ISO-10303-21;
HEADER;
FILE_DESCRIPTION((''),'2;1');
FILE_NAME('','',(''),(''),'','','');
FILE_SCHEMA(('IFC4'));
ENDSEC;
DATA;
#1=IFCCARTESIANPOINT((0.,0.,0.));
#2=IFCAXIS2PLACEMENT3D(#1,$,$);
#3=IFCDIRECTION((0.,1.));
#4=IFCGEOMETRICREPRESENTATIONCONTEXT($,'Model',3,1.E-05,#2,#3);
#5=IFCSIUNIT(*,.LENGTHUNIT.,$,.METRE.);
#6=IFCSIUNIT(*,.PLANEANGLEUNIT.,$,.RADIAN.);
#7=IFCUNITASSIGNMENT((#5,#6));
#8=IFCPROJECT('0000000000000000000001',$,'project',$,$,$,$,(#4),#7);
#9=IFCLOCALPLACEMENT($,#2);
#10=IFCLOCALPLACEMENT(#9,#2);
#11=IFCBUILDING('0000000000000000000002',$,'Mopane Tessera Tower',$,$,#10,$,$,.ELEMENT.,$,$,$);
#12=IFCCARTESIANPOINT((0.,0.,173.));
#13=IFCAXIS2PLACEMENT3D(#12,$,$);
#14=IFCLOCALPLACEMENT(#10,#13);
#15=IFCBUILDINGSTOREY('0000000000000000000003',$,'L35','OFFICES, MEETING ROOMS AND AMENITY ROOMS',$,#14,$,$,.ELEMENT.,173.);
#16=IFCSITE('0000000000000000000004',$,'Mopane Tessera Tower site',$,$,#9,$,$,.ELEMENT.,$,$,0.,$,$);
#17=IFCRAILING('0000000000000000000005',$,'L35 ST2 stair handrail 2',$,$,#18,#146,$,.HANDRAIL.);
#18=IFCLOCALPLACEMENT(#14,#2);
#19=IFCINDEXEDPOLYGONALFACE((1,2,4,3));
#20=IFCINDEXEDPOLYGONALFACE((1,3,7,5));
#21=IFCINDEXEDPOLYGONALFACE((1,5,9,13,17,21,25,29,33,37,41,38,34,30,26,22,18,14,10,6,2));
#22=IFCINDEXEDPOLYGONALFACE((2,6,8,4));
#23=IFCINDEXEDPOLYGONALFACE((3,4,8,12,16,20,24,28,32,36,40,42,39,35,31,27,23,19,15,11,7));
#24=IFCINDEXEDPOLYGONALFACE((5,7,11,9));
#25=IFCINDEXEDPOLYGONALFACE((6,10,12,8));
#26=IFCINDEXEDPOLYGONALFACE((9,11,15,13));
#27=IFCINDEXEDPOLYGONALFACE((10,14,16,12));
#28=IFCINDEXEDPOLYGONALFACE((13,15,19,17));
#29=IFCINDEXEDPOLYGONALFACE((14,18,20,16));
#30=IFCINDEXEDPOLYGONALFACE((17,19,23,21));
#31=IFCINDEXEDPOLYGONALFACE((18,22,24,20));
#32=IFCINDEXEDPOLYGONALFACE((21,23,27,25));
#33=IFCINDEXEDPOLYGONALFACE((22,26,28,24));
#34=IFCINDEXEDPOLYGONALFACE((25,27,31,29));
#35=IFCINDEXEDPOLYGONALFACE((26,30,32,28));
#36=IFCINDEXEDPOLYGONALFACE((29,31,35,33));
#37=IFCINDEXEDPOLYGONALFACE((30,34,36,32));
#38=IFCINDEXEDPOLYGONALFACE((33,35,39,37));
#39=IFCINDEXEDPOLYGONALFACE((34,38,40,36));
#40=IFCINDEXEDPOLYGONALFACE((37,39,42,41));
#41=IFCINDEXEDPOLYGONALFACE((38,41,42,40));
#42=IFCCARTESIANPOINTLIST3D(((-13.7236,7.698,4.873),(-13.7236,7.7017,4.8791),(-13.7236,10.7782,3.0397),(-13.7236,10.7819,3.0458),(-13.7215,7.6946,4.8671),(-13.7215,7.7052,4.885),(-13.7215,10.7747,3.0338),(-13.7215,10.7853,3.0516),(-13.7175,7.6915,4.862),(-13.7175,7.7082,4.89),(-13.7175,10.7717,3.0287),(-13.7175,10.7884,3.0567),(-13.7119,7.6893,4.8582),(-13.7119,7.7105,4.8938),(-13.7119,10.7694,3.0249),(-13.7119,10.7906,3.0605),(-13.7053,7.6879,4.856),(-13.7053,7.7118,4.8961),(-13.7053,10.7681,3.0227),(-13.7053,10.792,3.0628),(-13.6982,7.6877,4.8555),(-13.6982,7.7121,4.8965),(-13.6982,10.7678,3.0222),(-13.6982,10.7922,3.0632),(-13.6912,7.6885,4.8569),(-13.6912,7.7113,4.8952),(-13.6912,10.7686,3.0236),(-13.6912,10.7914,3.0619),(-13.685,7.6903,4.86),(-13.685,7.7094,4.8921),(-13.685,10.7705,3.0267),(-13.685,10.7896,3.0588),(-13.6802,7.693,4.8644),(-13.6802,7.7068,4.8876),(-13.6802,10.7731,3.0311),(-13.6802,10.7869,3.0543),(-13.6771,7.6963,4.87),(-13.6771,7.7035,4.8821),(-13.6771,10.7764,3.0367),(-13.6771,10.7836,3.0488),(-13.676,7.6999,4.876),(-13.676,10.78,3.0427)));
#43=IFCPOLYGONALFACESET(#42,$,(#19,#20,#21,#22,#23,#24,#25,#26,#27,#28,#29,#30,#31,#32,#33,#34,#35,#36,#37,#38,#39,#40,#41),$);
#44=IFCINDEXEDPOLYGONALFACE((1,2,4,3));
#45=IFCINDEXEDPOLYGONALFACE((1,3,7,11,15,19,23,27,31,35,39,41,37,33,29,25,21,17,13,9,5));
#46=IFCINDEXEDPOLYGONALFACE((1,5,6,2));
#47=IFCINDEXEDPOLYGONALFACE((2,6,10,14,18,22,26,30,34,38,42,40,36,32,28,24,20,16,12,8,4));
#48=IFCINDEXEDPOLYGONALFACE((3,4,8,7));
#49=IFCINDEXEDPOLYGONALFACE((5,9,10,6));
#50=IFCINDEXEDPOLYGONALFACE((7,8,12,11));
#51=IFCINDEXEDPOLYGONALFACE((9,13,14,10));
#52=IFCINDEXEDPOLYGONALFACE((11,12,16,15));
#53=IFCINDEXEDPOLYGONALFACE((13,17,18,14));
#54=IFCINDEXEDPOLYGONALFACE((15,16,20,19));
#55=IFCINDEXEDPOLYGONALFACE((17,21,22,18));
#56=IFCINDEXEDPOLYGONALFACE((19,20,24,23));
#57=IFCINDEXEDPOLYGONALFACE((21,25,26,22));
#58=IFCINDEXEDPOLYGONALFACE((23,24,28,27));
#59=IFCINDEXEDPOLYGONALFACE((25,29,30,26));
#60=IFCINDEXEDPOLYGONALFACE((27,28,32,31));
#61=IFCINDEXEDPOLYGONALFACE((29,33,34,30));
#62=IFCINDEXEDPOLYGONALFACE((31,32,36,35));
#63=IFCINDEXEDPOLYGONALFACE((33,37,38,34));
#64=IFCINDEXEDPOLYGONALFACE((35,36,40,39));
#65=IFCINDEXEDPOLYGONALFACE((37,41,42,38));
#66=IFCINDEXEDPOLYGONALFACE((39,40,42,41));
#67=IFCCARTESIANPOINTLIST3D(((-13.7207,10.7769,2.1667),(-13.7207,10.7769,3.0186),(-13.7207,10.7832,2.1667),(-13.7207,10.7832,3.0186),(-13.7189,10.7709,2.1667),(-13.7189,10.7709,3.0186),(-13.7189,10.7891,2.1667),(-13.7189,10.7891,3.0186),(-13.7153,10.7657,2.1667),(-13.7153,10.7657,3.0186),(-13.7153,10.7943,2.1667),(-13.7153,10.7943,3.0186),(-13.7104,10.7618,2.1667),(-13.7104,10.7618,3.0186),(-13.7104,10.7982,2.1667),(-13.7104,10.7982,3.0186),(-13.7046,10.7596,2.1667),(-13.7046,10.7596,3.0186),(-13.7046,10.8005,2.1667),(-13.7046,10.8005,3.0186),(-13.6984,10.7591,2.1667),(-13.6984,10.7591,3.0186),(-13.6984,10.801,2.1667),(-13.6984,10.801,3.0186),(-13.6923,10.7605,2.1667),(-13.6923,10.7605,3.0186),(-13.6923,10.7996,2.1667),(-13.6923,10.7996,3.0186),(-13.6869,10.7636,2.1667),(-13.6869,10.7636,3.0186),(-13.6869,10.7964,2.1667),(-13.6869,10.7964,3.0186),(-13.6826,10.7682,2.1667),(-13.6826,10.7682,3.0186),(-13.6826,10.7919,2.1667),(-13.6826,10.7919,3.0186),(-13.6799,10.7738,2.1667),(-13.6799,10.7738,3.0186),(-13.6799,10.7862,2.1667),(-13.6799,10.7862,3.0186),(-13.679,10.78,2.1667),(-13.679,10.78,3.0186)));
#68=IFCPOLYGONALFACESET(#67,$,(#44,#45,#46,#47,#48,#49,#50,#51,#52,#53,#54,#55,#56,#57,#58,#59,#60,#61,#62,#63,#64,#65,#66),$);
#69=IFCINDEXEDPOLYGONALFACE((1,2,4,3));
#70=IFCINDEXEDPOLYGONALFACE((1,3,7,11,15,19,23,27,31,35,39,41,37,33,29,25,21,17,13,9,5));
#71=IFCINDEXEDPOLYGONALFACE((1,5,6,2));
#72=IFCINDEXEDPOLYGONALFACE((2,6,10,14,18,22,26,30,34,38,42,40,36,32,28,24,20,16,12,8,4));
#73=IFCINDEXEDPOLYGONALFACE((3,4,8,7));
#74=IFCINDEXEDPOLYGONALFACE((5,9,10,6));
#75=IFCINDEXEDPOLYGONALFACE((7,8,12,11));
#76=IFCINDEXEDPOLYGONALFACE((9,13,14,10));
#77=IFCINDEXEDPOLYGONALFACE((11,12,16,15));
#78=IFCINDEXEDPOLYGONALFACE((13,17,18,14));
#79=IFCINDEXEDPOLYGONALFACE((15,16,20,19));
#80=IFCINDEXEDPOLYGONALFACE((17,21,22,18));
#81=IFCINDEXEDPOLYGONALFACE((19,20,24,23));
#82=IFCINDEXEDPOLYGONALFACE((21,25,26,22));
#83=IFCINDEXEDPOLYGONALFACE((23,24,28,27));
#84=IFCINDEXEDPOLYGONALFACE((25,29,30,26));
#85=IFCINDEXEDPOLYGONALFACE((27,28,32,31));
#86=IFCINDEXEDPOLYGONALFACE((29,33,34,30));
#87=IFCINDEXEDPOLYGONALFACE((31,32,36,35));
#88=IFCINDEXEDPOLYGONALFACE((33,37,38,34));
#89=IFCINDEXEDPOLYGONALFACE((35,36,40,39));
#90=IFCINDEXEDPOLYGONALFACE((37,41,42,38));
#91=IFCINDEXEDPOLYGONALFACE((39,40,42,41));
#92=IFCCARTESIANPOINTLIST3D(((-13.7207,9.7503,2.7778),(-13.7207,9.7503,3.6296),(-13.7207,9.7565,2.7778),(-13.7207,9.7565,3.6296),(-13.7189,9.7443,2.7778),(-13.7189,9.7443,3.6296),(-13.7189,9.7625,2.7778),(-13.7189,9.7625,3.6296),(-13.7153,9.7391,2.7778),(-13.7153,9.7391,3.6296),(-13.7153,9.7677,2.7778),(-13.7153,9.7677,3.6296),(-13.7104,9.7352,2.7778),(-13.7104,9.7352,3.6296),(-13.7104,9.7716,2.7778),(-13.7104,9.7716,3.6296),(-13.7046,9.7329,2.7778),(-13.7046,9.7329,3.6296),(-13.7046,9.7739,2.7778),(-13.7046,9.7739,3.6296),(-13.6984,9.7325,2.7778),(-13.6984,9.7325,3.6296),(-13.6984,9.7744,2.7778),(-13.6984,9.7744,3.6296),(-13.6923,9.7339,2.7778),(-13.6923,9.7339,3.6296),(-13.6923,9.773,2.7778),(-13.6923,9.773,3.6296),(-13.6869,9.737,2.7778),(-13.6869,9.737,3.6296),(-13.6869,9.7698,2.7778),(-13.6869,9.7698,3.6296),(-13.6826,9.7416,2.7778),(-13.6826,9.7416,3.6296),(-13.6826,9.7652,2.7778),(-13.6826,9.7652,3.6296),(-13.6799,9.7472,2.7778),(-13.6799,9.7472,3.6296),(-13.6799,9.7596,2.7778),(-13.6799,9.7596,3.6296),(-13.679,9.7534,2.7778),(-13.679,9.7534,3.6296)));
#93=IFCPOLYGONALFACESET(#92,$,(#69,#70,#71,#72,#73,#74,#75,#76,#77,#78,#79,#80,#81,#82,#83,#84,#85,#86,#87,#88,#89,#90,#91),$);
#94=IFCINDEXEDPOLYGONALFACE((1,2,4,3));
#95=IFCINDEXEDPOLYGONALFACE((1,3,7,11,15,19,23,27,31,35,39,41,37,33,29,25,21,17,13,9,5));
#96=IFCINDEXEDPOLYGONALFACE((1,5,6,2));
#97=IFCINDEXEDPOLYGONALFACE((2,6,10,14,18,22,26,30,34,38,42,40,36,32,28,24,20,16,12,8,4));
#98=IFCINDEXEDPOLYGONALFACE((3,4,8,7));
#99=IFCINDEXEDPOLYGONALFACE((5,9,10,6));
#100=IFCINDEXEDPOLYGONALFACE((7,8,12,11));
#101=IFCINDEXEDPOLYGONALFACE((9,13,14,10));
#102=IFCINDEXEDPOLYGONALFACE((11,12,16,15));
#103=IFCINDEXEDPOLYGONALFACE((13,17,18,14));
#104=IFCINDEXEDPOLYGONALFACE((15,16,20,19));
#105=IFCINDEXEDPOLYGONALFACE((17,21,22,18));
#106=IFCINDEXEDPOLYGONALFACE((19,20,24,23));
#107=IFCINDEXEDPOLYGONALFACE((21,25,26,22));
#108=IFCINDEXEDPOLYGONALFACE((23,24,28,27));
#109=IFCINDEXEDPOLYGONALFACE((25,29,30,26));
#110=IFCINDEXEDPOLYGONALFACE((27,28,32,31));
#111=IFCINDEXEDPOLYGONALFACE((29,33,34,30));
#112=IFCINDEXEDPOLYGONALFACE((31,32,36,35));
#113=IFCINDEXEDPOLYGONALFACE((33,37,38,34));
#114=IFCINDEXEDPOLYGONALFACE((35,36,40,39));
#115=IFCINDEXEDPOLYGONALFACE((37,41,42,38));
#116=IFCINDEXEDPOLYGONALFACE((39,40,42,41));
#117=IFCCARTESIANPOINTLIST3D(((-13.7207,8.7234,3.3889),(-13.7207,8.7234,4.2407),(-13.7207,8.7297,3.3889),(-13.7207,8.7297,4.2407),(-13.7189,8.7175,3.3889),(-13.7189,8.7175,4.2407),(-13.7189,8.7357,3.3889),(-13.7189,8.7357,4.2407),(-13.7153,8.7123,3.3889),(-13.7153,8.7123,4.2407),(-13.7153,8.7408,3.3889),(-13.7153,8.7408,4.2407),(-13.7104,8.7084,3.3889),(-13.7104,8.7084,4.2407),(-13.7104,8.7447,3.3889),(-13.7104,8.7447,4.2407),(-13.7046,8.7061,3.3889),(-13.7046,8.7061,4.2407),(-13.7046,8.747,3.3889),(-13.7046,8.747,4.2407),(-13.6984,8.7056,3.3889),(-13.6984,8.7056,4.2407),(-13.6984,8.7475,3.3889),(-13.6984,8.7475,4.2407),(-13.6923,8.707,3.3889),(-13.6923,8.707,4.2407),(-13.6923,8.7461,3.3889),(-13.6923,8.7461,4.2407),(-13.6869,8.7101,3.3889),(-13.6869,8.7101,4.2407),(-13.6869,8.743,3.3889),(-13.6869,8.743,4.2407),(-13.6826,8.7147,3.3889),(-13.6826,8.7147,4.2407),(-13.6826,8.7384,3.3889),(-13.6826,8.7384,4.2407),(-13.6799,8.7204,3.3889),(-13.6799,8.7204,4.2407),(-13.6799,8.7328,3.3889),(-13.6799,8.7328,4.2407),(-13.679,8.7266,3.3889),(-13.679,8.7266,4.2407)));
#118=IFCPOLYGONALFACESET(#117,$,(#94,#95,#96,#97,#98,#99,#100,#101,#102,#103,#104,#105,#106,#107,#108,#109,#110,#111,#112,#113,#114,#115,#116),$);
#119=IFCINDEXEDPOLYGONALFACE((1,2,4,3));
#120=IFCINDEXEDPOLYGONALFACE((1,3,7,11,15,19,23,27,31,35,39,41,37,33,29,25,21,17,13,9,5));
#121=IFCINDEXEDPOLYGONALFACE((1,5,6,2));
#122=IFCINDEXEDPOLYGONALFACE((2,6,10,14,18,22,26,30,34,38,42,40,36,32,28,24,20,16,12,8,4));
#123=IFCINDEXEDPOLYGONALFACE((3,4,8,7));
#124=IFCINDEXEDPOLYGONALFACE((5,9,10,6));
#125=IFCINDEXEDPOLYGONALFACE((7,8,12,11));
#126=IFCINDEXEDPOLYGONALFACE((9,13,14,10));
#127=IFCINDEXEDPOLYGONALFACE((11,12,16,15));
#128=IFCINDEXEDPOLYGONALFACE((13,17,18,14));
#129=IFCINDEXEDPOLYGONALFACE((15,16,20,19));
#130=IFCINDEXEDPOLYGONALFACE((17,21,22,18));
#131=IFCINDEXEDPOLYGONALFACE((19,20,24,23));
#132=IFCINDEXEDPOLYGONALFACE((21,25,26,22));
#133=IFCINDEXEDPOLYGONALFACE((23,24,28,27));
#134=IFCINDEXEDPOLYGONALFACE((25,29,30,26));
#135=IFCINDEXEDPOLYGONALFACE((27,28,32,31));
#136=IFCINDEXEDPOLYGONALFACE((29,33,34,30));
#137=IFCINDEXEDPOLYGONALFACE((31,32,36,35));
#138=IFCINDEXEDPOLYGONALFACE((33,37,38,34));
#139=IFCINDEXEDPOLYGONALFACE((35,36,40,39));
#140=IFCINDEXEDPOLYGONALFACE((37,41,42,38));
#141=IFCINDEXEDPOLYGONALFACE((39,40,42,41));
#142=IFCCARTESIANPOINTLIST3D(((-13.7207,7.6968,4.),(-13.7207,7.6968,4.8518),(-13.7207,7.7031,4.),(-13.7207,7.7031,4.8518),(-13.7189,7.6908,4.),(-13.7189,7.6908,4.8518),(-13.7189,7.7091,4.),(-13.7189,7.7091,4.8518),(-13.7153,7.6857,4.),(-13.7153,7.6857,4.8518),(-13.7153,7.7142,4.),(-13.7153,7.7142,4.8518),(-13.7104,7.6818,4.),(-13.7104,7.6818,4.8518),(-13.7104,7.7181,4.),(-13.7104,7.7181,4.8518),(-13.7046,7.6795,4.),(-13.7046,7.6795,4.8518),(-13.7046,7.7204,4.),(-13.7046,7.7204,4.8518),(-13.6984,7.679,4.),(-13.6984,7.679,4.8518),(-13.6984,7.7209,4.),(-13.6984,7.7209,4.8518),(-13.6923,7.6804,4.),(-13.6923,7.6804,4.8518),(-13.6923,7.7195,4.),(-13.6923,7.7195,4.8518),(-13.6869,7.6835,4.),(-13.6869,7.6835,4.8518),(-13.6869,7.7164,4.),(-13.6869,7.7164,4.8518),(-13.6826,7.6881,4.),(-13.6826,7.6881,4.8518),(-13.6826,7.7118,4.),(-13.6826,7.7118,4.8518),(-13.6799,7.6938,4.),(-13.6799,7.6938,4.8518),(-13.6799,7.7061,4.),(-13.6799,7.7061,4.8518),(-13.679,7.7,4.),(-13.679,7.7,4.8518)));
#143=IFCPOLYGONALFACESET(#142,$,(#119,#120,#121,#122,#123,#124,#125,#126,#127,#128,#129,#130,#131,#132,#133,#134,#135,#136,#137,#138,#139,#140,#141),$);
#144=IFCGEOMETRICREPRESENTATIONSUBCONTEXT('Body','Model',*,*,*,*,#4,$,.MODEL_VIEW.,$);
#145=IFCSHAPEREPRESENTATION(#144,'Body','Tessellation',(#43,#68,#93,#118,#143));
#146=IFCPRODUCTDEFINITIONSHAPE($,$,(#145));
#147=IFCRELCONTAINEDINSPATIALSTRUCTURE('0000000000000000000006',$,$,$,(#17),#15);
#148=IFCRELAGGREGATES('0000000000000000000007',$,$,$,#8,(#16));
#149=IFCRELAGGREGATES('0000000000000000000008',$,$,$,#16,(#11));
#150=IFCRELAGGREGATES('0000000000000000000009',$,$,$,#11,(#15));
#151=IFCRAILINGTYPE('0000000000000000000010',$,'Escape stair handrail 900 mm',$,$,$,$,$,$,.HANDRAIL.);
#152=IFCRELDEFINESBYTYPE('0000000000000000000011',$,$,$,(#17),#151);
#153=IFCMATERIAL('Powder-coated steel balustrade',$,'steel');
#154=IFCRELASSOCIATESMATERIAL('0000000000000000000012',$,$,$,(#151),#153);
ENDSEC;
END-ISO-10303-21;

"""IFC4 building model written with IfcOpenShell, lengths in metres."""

from ifc_helpers import new_model, si_unit, direction, frame, origin, origin_2d, place, context, subcontext, project, spatial, circle, extrude, material, type_object, element, save


model = new_model("IFC4")

# Units and contexts
model_context = context("Model", 3, precision=1e-05, world=origin(), true_north=direction((0.0, 1.0)))
body_context = subcontext(model_context, "Body", "Model", "MODEL_VIEW")
ifc_project = project(units=[si_unit("LENGTHUNIT", "METRE"), si_unit("PLANEANGLEUNIT", "RADIAN")], contexts=[model_context])

# Site, building, storey
site_placement = place(None, origin())
site = spatial("IfcSite", under=ifc_project, at=site_placement, Name="Mopane Tessera Tower site", CompositionType="ELEMENT", RefElevation=0.0)
building_placement = place(site_placement, origin())
building = spatial("IfcBuilding", under=site, at=building_placement, Name="Mopane Tessera Tower", CompositionType="ELEMENT")
storey_placement = place(building_placement, frame((0.0, 0.0, 173.0)))
storey = spatial("IfcBuildingStorey", under=building, at=storey_placement, Name="L35", Description="OFFICES, MEETING ROOMS AND AMENITY ROOMS", CompositionType="ELEMENT", Elevation=173.0)

# Railing
ifc_material_1 = material(Name="Powder-coated steel balustrade", Category="steel")
railing_type_1 = type_object("IfcRailingType", Name="Escape stair handrail 900 mm", PredefinedType="HANDRAIL", material=ifc_material_1)
railing_1_placement = place(storey_placement, frame((-13.7, 10.78, 2.1667)))
element("IfcRailing", 1, at=railing_1_placement, inside=storey, type_object=railing_type_1, Name="L35 ST2 stair handrail 2", PredefinedType="HANDRAIL", context=body_context, shape_type="SweptSolid", body=[
    extrude(circle(Radius=0.0239, at=origin_2d()), frame((0.0, 0.0, 0.876), z_axis=(0.0, -0.859309, 0.511458), x_axis=(1.0, 0.0, 0.0)), (0.0, 0.0, 1.0), 3.5845),
    extrude(circle(Radius=0.021, at=origin_2d()), origin(), (0.0, 0.0, 1.0), 0.8518),
    extrude(circle(Radius=0.021, at=origin_2d()), frame((0.0, -1.0266, 0.6111)), (0.0, 0.0, 1.0), 0.8518),
    extrude(circle(Radius=0.021, at=origin_2d()), frame((0.0, -2.0535, 1.2222)), (0.0, 0.0, 1.0), 0.8518),
    extrude(circle(Radius=0.021, at=origin_2d()), frame((0.0, -3.0801, 1.8333)), (0.0, 0.0, 1.0), 0.8518),
])

save(model, "model.ifc")
